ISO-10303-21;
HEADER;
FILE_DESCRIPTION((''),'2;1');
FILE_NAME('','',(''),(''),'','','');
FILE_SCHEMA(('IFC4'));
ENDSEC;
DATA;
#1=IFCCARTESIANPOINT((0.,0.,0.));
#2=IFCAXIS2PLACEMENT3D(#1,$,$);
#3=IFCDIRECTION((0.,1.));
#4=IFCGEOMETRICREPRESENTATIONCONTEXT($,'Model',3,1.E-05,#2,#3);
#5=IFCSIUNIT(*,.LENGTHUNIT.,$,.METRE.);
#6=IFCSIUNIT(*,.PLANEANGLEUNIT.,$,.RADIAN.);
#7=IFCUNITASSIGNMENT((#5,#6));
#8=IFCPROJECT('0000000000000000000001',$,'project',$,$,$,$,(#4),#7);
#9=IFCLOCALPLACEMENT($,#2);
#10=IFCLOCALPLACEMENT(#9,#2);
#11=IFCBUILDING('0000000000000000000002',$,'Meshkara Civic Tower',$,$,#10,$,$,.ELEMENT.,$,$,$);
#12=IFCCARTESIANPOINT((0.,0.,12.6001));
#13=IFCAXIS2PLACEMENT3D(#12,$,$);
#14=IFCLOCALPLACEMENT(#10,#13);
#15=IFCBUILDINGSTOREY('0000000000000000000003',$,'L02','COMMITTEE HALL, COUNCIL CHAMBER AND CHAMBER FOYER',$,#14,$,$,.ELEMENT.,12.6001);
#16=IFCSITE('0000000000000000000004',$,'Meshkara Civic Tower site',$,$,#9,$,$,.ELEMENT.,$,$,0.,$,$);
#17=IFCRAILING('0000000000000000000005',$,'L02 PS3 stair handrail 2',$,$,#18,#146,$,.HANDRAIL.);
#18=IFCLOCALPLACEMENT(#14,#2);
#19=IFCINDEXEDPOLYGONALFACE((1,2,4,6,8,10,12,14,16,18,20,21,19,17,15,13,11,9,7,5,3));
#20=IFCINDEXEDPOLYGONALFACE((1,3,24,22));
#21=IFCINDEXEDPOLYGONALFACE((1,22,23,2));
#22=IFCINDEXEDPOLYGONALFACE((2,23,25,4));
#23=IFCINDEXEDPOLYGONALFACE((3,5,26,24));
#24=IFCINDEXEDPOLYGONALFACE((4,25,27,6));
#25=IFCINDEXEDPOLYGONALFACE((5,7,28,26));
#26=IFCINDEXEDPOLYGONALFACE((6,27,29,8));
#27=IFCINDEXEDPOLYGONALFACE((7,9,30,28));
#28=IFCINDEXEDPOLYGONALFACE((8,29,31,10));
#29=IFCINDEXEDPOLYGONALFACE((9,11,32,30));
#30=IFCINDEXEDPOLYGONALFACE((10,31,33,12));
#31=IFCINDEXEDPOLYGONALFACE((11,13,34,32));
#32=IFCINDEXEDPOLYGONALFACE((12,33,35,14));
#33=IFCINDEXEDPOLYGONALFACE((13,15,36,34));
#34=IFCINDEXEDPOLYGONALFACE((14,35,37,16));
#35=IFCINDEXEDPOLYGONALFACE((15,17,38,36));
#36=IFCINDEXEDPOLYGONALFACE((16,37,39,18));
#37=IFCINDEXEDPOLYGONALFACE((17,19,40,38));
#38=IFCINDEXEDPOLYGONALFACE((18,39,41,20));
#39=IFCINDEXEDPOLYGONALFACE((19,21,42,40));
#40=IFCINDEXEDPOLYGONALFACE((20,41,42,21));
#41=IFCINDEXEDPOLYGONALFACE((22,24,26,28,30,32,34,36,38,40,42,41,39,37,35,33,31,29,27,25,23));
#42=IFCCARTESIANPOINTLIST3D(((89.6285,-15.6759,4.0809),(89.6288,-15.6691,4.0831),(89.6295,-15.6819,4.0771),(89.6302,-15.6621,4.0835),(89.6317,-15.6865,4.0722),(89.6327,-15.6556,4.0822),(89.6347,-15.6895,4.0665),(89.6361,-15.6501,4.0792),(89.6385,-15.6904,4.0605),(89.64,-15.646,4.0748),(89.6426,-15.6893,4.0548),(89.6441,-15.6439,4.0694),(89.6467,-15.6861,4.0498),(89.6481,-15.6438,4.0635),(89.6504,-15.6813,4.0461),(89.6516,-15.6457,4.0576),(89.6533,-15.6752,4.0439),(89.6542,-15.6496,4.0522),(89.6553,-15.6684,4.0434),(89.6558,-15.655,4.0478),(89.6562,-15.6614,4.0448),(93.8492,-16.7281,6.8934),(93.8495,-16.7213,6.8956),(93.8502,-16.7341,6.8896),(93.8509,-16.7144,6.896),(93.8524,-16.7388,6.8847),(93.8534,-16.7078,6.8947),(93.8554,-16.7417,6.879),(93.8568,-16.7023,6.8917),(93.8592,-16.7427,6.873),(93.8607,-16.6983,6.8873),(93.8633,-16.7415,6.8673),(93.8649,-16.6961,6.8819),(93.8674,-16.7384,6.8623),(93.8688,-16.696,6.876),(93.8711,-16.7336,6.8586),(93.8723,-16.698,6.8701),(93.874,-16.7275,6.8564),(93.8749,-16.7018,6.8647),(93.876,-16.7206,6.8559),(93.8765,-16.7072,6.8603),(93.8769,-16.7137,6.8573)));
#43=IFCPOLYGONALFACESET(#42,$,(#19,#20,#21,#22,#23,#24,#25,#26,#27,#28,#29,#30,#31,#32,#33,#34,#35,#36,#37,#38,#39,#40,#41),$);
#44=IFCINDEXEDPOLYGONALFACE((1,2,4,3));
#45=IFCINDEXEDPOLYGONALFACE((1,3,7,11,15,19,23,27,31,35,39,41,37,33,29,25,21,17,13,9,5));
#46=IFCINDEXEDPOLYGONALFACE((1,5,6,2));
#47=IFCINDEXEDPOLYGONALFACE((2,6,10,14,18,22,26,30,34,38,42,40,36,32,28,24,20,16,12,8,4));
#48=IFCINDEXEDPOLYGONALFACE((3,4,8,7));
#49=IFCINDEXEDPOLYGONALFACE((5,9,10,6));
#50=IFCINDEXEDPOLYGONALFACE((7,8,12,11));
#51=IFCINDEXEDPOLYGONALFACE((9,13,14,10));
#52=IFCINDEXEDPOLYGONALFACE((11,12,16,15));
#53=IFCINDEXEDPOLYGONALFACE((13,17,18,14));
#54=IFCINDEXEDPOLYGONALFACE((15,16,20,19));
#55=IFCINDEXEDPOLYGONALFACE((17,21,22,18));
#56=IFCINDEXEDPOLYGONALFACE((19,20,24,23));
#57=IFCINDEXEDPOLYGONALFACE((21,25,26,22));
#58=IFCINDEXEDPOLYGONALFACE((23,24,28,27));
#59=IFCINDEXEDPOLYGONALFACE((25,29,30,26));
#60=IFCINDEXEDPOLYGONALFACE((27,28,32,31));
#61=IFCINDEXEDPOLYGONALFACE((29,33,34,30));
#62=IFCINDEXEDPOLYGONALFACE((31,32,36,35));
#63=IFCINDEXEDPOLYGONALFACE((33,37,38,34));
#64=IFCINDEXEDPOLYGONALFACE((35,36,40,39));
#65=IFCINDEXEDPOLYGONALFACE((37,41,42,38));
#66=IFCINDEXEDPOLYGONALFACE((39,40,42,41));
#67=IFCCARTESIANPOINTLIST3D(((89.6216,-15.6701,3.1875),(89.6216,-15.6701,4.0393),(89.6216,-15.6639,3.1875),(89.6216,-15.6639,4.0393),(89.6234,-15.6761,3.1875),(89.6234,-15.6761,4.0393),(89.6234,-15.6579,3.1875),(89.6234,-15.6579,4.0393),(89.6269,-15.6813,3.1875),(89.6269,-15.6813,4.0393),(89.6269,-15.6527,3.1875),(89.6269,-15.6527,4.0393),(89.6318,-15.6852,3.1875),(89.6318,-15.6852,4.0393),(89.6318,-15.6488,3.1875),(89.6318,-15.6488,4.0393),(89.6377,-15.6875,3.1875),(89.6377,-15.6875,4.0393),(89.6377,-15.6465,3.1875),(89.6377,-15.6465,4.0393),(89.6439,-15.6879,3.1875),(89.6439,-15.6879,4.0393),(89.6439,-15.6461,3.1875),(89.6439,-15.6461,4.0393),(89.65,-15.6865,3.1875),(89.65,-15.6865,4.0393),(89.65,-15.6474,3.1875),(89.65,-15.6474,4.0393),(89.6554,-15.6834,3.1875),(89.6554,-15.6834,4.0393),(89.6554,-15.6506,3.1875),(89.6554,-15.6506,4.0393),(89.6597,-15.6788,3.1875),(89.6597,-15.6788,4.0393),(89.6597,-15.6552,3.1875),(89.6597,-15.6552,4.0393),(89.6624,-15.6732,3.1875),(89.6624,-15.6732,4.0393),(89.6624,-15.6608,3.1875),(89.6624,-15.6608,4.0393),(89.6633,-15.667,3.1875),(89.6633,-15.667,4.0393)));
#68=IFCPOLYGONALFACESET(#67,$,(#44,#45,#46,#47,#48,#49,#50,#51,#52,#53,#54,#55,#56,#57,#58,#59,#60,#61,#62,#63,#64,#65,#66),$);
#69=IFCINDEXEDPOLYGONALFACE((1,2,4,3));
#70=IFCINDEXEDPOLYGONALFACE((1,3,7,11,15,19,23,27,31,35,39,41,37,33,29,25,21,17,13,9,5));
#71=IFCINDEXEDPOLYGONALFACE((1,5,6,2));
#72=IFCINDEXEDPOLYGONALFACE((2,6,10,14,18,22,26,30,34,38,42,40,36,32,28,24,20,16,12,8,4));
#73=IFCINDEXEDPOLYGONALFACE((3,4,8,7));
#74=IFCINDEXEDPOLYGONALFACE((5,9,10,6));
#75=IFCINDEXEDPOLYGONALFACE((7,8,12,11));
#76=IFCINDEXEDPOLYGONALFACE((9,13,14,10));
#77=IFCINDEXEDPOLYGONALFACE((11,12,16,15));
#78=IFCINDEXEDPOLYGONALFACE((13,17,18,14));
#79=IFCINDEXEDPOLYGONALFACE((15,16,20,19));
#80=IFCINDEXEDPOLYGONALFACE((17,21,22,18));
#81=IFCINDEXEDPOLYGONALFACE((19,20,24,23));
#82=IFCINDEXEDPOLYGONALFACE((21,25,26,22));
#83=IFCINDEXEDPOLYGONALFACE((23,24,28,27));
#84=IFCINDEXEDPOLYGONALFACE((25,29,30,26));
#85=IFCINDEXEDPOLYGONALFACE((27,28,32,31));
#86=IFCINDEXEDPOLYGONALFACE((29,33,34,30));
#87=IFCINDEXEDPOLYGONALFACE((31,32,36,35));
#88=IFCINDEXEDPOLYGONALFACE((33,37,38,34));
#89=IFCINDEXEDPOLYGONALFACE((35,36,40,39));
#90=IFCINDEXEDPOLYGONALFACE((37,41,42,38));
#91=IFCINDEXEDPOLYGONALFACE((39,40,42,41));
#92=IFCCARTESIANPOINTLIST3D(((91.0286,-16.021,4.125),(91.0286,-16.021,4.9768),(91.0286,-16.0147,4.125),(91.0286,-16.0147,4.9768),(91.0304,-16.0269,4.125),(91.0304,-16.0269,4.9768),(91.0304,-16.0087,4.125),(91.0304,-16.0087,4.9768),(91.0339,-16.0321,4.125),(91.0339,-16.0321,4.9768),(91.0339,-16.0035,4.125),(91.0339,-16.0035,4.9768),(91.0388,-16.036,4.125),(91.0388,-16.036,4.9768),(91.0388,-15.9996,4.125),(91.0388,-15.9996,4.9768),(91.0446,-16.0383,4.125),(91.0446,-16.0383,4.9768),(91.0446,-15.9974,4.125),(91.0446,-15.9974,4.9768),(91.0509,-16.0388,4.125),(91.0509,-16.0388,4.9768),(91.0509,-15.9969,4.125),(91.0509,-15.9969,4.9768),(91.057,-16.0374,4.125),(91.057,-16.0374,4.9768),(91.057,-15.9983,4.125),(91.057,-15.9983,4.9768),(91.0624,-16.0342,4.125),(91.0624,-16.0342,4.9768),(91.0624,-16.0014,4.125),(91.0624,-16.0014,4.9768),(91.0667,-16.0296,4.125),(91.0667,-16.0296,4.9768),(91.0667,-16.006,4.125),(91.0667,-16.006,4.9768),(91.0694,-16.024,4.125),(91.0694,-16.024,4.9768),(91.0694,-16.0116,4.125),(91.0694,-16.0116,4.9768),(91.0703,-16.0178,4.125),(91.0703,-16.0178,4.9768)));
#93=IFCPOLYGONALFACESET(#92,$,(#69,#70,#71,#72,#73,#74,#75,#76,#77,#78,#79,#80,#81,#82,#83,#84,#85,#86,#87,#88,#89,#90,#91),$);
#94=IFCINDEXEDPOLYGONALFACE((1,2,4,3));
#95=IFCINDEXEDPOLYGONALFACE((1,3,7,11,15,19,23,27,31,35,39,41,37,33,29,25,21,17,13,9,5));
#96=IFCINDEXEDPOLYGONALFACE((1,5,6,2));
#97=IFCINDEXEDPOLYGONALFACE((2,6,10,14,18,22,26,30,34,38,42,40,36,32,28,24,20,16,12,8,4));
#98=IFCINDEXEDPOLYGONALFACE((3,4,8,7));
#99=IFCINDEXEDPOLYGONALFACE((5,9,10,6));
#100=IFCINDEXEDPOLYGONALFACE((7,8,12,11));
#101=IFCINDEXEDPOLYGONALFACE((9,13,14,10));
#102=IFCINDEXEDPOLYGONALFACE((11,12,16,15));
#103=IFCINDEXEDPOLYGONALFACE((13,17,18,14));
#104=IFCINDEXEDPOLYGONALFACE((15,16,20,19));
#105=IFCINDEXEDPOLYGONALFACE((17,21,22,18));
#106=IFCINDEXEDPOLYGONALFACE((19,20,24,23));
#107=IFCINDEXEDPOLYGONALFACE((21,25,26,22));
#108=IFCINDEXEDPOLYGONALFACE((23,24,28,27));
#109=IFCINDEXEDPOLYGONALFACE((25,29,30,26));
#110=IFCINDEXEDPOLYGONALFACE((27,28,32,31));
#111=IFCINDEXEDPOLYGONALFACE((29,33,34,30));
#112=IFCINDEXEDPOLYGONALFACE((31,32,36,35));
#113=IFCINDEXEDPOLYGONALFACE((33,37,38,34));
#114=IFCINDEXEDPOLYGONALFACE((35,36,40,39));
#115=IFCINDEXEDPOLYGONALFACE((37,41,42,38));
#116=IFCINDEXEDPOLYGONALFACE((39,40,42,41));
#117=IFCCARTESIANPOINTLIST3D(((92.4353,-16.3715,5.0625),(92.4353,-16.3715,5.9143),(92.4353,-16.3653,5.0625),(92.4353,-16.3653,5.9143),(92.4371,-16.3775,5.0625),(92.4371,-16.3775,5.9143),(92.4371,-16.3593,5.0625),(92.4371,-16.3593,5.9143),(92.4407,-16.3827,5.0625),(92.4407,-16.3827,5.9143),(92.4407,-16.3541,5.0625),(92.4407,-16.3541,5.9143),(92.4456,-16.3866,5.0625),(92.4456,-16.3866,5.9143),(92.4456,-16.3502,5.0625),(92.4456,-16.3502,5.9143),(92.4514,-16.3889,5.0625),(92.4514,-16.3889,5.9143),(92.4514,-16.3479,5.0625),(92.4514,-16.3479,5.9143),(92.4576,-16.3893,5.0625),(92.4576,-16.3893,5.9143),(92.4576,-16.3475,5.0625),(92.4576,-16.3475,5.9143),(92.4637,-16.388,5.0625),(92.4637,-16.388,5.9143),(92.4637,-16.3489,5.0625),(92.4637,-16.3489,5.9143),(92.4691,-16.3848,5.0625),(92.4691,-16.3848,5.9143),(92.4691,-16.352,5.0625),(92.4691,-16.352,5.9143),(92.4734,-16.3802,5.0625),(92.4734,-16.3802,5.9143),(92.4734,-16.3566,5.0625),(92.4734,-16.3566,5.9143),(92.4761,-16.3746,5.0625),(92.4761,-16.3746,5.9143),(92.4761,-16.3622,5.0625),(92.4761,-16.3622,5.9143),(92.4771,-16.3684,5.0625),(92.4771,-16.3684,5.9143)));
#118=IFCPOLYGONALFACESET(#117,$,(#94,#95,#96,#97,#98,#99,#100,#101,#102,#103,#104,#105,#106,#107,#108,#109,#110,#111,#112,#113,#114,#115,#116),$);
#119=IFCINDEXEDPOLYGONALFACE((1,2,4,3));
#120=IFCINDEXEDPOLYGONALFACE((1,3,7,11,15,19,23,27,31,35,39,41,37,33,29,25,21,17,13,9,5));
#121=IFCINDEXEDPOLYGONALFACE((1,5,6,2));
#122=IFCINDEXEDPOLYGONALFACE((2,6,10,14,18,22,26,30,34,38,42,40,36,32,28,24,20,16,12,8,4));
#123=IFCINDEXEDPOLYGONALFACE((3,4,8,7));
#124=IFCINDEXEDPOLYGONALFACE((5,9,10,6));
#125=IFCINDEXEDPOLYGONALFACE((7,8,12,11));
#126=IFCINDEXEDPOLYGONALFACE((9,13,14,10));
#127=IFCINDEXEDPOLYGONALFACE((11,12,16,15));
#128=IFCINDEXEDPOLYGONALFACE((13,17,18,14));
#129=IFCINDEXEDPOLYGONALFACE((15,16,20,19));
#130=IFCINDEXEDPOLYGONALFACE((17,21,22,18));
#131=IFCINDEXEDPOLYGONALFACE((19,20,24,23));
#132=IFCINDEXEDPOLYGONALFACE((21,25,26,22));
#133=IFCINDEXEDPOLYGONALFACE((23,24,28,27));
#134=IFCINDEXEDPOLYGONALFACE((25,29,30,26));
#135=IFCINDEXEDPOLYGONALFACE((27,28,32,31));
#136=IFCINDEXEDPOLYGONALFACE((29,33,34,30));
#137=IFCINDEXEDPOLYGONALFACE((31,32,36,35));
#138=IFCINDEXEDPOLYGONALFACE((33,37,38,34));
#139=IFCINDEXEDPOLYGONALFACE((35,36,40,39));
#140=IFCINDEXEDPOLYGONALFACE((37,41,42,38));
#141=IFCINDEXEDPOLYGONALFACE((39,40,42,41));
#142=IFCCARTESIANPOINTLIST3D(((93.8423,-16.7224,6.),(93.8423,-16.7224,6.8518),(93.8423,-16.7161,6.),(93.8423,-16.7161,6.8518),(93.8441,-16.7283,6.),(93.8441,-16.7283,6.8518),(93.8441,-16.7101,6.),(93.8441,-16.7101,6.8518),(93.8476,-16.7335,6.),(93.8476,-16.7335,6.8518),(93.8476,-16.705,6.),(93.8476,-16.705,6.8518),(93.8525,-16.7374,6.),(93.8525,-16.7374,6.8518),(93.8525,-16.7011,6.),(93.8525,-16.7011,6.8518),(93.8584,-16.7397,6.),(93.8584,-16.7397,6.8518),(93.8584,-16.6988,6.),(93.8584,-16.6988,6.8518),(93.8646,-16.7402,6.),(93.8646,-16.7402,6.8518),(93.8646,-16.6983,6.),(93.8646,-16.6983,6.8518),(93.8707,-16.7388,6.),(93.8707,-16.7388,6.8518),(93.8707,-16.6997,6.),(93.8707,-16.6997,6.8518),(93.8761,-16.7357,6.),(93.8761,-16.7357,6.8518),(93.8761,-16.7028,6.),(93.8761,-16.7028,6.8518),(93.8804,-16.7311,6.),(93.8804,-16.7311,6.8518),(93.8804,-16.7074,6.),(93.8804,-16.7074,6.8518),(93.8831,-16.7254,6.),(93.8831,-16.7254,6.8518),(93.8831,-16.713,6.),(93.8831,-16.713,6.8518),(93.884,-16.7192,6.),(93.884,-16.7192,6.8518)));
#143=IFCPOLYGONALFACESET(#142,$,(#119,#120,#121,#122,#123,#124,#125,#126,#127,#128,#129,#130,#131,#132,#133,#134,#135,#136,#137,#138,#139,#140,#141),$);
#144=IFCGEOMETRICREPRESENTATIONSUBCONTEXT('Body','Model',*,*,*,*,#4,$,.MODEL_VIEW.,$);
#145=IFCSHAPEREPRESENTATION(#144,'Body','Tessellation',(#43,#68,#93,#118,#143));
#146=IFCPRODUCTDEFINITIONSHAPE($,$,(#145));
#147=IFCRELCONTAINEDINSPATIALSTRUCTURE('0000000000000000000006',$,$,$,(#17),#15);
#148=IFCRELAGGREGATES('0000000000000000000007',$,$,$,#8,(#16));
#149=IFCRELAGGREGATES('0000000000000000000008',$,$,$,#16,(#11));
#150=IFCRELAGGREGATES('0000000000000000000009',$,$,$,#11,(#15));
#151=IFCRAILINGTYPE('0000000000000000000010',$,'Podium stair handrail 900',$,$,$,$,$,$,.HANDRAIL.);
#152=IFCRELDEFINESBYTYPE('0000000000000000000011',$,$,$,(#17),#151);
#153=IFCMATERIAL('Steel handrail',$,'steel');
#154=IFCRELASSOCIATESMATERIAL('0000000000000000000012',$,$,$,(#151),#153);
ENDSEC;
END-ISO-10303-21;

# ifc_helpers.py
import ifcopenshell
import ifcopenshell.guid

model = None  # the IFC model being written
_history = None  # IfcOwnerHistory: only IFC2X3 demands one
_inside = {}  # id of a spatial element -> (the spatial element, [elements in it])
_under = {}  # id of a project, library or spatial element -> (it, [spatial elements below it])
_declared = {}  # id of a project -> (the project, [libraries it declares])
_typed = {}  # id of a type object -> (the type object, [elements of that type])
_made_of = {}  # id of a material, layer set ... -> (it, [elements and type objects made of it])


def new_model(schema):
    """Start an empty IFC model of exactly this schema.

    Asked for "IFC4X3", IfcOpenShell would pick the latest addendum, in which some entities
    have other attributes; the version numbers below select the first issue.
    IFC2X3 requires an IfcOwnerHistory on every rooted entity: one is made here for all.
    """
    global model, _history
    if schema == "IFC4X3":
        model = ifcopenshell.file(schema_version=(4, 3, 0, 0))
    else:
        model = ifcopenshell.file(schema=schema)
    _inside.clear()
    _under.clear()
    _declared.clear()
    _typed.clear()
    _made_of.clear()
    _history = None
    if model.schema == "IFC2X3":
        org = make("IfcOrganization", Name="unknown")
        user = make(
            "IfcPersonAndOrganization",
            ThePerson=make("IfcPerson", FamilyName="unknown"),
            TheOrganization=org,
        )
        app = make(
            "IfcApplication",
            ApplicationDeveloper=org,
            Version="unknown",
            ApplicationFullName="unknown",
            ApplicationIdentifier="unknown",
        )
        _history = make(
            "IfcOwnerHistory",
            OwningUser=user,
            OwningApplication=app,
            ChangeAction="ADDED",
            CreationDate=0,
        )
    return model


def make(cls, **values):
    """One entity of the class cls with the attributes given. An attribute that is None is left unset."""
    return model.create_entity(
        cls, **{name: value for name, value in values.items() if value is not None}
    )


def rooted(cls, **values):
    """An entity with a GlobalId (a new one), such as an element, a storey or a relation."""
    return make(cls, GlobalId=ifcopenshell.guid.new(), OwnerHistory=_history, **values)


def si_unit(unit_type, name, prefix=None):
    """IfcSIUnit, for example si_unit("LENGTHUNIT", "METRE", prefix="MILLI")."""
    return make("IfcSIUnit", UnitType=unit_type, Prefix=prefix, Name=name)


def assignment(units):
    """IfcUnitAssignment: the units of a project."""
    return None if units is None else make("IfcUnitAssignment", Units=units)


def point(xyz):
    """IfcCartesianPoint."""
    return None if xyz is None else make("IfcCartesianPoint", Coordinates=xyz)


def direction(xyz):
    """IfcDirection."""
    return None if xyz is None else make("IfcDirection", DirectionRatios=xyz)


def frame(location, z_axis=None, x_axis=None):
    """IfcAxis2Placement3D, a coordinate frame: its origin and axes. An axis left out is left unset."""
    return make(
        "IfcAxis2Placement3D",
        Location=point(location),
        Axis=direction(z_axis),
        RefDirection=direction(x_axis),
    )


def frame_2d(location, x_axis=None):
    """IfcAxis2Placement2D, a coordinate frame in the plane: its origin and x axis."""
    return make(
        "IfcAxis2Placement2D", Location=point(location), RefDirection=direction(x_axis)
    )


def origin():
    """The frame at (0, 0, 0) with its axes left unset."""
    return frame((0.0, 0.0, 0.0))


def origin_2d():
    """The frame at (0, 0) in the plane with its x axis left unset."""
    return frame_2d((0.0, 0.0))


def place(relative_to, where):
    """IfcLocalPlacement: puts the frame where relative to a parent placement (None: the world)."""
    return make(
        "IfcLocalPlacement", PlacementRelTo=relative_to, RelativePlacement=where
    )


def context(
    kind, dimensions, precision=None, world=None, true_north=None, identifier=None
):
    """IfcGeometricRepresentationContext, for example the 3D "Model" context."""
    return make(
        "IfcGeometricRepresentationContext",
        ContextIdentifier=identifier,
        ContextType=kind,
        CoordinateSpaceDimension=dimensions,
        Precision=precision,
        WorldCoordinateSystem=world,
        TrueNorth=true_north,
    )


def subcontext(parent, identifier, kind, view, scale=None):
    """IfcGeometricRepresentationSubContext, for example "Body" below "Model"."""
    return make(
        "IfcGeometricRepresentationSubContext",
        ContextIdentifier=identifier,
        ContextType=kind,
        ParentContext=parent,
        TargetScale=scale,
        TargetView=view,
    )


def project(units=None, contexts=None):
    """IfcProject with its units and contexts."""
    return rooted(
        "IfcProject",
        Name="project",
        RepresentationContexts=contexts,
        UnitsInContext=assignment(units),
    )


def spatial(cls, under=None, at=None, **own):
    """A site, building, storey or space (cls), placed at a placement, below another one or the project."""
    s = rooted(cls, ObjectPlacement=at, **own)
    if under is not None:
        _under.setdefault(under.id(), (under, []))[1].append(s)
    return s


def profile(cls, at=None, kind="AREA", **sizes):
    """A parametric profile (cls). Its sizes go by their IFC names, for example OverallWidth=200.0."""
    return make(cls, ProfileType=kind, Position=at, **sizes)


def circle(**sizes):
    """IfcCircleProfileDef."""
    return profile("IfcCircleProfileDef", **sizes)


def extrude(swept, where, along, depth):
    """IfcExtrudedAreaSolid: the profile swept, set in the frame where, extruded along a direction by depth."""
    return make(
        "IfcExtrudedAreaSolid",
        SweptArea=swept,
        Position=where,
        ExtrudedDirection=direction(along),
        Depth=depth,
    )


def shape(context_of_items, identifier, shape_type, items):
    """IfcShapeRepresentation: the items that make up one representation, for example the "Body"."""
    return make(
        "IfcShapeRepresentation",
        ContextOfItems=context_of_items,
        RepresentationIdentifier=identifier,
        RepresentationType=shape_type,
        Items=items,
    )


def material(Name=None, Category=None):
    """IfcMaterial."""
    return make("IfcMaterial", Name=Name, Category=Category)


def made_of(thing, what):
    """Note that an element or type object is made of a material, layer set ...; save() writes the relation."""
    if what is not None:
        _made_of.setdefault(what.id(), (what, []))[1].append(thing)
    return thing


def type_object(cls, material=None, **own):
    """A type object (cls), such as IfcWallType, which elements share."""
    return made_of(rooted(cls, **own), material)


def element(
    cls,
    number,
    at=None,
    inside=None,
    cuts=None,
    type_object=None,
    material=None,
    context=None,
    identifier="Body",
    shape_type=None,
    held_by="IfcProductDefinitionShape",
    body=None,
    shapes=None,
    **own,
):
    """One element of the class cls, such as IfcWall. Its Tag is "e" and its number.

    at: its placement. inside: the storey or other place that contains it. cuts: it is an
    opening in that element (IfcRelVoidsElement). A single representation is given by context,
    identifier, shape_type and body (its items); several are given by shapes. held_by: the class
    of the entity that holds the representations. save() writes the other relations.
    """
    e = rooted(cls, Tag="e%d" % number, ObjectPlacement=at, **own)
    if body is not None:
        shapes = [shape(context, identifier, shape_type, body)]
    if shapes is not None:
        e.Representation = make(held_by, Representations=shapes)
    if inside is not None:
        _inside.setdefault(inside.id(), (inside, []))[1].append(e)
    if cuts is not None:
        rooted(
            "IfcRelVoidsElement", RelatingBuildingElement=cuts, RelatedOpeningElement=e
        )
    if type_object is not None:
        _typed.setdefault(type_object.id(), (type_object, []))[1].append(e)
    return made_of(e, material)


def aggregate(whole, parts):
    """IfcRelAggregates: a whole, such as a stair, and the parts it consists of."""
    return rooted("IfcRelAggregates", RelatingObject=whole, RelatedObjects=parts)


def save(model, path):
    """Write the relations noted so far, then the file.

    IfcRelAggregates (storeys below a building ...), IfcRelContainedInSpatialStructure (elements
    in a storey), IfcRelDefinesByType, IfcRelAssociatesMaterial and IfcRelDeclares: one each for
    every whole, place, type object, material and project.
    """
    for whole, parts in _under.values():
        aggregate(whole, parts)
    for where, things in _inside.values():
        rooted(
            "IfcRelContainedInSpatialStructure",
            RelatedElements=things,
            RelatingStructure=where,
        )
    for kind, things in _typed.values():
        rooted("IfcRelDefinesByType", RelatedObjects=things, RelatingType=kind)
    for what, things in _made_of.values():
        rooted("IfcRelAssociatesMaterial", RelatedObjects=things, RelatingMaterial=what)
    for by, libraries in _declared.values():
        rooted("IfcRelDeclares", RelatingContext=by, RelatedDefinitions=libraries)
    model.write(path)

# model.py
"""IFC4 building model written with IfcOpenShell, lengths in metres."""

from ifc_helpers import new_model, si_unit, direction, frame, origin, origin_2d, place, context, subcontext, project, spatial, circle, extrude, material, type_object, element, save


model = new_model("IFC4")

# Units and contexts
model_context = context("Model", 3, precision=1e-05, world=origin(), true_north=direction((0.0, 1.0)))
body_context = subcontext(model_context, "Body", "Model", "MODEL_VIEW")
ifc_project = project(units=[si_unit("LENGTHUNIT", "METRE"), si_unit("PLANEANGLEUNIT", "RADIAN")], contexts=[model_context])

# Site, building, storey
site_placement = place(None, origin())
site = spatial("IfcSite", under=ifc_project, at=site_placement, Name="Meshkara Civic Tower site", CompositionType="ELEMENT", RefElevation=0.0)
building_placement = place(site_placement, origin())
building = spatial("IfcBuilding", under=site, at=building_placement, Name="Meshkara Civic Tower", CompositionType="ELEMENT")
storey_placement = place(building_placement, frame((0.0, 0.0, 12.6001)))
storey = spatial("IfcBuildingStorey", under=building, at=storey_placement, Name="L02", Description="COMMITTEE HALL, COUNCIL CHAMBER AND CHAMBER FOYER", CompositionType="ELEMENT", Elevation=12.6001)

# Railing
ifc_material_1 = material(Name="Steel handrail", Category="steel")
railing_type_1 = type_object("IfcRailingType", Name="Podium stair handrail 900", PredefinedType="HANDRAIL", material=ifc_material_1)
railing_1_placement = place(storey_placement, frame((89.6423, -15.667, 3.1875)))
element("IfcRailing", 1, at=railing_1_placement, inside=storey, type_object=railing_type_1, Name="L02 PS3 stair handrail 2", PredefinedType="HANDRAIL", context=body_context, shape_type="SweptSolid", body=[
    extrude(circle(Radius=0.0239, at=origin_2d()), frame((0.0, 0.0, 0.876), z_axis=(0.814818, -0.203139, 0.542961), x_axis=(0.241902, 0.970301, 0.0)), (0.0, 0.0, 1.0), 5.1799),
    extrude(circle(Radius=0.021, at=origin_2d()), origin(), (0.0, 0.0, 1.0), 0.8518),
    extrude(circle(Radius=0.021, at=origin_2d()), frame((1.407, -0.3508, 0.9375)), (0.0, 0.0, 1.0), 0.8518),
    extrude(circle(Radius=0.021, at=origin_2d()), frame((2.8137, -0.7014, 1.875)), (0.0, 0.0, 1.0), 0.8518),
    extrude(circle(Radius=0.021, at=origin_2d()), frame((4.2207, -1.0522, 2.8125)), (0.0, 0.0, 1.0), 0.8518),
])

save(model, "model.ifc")
